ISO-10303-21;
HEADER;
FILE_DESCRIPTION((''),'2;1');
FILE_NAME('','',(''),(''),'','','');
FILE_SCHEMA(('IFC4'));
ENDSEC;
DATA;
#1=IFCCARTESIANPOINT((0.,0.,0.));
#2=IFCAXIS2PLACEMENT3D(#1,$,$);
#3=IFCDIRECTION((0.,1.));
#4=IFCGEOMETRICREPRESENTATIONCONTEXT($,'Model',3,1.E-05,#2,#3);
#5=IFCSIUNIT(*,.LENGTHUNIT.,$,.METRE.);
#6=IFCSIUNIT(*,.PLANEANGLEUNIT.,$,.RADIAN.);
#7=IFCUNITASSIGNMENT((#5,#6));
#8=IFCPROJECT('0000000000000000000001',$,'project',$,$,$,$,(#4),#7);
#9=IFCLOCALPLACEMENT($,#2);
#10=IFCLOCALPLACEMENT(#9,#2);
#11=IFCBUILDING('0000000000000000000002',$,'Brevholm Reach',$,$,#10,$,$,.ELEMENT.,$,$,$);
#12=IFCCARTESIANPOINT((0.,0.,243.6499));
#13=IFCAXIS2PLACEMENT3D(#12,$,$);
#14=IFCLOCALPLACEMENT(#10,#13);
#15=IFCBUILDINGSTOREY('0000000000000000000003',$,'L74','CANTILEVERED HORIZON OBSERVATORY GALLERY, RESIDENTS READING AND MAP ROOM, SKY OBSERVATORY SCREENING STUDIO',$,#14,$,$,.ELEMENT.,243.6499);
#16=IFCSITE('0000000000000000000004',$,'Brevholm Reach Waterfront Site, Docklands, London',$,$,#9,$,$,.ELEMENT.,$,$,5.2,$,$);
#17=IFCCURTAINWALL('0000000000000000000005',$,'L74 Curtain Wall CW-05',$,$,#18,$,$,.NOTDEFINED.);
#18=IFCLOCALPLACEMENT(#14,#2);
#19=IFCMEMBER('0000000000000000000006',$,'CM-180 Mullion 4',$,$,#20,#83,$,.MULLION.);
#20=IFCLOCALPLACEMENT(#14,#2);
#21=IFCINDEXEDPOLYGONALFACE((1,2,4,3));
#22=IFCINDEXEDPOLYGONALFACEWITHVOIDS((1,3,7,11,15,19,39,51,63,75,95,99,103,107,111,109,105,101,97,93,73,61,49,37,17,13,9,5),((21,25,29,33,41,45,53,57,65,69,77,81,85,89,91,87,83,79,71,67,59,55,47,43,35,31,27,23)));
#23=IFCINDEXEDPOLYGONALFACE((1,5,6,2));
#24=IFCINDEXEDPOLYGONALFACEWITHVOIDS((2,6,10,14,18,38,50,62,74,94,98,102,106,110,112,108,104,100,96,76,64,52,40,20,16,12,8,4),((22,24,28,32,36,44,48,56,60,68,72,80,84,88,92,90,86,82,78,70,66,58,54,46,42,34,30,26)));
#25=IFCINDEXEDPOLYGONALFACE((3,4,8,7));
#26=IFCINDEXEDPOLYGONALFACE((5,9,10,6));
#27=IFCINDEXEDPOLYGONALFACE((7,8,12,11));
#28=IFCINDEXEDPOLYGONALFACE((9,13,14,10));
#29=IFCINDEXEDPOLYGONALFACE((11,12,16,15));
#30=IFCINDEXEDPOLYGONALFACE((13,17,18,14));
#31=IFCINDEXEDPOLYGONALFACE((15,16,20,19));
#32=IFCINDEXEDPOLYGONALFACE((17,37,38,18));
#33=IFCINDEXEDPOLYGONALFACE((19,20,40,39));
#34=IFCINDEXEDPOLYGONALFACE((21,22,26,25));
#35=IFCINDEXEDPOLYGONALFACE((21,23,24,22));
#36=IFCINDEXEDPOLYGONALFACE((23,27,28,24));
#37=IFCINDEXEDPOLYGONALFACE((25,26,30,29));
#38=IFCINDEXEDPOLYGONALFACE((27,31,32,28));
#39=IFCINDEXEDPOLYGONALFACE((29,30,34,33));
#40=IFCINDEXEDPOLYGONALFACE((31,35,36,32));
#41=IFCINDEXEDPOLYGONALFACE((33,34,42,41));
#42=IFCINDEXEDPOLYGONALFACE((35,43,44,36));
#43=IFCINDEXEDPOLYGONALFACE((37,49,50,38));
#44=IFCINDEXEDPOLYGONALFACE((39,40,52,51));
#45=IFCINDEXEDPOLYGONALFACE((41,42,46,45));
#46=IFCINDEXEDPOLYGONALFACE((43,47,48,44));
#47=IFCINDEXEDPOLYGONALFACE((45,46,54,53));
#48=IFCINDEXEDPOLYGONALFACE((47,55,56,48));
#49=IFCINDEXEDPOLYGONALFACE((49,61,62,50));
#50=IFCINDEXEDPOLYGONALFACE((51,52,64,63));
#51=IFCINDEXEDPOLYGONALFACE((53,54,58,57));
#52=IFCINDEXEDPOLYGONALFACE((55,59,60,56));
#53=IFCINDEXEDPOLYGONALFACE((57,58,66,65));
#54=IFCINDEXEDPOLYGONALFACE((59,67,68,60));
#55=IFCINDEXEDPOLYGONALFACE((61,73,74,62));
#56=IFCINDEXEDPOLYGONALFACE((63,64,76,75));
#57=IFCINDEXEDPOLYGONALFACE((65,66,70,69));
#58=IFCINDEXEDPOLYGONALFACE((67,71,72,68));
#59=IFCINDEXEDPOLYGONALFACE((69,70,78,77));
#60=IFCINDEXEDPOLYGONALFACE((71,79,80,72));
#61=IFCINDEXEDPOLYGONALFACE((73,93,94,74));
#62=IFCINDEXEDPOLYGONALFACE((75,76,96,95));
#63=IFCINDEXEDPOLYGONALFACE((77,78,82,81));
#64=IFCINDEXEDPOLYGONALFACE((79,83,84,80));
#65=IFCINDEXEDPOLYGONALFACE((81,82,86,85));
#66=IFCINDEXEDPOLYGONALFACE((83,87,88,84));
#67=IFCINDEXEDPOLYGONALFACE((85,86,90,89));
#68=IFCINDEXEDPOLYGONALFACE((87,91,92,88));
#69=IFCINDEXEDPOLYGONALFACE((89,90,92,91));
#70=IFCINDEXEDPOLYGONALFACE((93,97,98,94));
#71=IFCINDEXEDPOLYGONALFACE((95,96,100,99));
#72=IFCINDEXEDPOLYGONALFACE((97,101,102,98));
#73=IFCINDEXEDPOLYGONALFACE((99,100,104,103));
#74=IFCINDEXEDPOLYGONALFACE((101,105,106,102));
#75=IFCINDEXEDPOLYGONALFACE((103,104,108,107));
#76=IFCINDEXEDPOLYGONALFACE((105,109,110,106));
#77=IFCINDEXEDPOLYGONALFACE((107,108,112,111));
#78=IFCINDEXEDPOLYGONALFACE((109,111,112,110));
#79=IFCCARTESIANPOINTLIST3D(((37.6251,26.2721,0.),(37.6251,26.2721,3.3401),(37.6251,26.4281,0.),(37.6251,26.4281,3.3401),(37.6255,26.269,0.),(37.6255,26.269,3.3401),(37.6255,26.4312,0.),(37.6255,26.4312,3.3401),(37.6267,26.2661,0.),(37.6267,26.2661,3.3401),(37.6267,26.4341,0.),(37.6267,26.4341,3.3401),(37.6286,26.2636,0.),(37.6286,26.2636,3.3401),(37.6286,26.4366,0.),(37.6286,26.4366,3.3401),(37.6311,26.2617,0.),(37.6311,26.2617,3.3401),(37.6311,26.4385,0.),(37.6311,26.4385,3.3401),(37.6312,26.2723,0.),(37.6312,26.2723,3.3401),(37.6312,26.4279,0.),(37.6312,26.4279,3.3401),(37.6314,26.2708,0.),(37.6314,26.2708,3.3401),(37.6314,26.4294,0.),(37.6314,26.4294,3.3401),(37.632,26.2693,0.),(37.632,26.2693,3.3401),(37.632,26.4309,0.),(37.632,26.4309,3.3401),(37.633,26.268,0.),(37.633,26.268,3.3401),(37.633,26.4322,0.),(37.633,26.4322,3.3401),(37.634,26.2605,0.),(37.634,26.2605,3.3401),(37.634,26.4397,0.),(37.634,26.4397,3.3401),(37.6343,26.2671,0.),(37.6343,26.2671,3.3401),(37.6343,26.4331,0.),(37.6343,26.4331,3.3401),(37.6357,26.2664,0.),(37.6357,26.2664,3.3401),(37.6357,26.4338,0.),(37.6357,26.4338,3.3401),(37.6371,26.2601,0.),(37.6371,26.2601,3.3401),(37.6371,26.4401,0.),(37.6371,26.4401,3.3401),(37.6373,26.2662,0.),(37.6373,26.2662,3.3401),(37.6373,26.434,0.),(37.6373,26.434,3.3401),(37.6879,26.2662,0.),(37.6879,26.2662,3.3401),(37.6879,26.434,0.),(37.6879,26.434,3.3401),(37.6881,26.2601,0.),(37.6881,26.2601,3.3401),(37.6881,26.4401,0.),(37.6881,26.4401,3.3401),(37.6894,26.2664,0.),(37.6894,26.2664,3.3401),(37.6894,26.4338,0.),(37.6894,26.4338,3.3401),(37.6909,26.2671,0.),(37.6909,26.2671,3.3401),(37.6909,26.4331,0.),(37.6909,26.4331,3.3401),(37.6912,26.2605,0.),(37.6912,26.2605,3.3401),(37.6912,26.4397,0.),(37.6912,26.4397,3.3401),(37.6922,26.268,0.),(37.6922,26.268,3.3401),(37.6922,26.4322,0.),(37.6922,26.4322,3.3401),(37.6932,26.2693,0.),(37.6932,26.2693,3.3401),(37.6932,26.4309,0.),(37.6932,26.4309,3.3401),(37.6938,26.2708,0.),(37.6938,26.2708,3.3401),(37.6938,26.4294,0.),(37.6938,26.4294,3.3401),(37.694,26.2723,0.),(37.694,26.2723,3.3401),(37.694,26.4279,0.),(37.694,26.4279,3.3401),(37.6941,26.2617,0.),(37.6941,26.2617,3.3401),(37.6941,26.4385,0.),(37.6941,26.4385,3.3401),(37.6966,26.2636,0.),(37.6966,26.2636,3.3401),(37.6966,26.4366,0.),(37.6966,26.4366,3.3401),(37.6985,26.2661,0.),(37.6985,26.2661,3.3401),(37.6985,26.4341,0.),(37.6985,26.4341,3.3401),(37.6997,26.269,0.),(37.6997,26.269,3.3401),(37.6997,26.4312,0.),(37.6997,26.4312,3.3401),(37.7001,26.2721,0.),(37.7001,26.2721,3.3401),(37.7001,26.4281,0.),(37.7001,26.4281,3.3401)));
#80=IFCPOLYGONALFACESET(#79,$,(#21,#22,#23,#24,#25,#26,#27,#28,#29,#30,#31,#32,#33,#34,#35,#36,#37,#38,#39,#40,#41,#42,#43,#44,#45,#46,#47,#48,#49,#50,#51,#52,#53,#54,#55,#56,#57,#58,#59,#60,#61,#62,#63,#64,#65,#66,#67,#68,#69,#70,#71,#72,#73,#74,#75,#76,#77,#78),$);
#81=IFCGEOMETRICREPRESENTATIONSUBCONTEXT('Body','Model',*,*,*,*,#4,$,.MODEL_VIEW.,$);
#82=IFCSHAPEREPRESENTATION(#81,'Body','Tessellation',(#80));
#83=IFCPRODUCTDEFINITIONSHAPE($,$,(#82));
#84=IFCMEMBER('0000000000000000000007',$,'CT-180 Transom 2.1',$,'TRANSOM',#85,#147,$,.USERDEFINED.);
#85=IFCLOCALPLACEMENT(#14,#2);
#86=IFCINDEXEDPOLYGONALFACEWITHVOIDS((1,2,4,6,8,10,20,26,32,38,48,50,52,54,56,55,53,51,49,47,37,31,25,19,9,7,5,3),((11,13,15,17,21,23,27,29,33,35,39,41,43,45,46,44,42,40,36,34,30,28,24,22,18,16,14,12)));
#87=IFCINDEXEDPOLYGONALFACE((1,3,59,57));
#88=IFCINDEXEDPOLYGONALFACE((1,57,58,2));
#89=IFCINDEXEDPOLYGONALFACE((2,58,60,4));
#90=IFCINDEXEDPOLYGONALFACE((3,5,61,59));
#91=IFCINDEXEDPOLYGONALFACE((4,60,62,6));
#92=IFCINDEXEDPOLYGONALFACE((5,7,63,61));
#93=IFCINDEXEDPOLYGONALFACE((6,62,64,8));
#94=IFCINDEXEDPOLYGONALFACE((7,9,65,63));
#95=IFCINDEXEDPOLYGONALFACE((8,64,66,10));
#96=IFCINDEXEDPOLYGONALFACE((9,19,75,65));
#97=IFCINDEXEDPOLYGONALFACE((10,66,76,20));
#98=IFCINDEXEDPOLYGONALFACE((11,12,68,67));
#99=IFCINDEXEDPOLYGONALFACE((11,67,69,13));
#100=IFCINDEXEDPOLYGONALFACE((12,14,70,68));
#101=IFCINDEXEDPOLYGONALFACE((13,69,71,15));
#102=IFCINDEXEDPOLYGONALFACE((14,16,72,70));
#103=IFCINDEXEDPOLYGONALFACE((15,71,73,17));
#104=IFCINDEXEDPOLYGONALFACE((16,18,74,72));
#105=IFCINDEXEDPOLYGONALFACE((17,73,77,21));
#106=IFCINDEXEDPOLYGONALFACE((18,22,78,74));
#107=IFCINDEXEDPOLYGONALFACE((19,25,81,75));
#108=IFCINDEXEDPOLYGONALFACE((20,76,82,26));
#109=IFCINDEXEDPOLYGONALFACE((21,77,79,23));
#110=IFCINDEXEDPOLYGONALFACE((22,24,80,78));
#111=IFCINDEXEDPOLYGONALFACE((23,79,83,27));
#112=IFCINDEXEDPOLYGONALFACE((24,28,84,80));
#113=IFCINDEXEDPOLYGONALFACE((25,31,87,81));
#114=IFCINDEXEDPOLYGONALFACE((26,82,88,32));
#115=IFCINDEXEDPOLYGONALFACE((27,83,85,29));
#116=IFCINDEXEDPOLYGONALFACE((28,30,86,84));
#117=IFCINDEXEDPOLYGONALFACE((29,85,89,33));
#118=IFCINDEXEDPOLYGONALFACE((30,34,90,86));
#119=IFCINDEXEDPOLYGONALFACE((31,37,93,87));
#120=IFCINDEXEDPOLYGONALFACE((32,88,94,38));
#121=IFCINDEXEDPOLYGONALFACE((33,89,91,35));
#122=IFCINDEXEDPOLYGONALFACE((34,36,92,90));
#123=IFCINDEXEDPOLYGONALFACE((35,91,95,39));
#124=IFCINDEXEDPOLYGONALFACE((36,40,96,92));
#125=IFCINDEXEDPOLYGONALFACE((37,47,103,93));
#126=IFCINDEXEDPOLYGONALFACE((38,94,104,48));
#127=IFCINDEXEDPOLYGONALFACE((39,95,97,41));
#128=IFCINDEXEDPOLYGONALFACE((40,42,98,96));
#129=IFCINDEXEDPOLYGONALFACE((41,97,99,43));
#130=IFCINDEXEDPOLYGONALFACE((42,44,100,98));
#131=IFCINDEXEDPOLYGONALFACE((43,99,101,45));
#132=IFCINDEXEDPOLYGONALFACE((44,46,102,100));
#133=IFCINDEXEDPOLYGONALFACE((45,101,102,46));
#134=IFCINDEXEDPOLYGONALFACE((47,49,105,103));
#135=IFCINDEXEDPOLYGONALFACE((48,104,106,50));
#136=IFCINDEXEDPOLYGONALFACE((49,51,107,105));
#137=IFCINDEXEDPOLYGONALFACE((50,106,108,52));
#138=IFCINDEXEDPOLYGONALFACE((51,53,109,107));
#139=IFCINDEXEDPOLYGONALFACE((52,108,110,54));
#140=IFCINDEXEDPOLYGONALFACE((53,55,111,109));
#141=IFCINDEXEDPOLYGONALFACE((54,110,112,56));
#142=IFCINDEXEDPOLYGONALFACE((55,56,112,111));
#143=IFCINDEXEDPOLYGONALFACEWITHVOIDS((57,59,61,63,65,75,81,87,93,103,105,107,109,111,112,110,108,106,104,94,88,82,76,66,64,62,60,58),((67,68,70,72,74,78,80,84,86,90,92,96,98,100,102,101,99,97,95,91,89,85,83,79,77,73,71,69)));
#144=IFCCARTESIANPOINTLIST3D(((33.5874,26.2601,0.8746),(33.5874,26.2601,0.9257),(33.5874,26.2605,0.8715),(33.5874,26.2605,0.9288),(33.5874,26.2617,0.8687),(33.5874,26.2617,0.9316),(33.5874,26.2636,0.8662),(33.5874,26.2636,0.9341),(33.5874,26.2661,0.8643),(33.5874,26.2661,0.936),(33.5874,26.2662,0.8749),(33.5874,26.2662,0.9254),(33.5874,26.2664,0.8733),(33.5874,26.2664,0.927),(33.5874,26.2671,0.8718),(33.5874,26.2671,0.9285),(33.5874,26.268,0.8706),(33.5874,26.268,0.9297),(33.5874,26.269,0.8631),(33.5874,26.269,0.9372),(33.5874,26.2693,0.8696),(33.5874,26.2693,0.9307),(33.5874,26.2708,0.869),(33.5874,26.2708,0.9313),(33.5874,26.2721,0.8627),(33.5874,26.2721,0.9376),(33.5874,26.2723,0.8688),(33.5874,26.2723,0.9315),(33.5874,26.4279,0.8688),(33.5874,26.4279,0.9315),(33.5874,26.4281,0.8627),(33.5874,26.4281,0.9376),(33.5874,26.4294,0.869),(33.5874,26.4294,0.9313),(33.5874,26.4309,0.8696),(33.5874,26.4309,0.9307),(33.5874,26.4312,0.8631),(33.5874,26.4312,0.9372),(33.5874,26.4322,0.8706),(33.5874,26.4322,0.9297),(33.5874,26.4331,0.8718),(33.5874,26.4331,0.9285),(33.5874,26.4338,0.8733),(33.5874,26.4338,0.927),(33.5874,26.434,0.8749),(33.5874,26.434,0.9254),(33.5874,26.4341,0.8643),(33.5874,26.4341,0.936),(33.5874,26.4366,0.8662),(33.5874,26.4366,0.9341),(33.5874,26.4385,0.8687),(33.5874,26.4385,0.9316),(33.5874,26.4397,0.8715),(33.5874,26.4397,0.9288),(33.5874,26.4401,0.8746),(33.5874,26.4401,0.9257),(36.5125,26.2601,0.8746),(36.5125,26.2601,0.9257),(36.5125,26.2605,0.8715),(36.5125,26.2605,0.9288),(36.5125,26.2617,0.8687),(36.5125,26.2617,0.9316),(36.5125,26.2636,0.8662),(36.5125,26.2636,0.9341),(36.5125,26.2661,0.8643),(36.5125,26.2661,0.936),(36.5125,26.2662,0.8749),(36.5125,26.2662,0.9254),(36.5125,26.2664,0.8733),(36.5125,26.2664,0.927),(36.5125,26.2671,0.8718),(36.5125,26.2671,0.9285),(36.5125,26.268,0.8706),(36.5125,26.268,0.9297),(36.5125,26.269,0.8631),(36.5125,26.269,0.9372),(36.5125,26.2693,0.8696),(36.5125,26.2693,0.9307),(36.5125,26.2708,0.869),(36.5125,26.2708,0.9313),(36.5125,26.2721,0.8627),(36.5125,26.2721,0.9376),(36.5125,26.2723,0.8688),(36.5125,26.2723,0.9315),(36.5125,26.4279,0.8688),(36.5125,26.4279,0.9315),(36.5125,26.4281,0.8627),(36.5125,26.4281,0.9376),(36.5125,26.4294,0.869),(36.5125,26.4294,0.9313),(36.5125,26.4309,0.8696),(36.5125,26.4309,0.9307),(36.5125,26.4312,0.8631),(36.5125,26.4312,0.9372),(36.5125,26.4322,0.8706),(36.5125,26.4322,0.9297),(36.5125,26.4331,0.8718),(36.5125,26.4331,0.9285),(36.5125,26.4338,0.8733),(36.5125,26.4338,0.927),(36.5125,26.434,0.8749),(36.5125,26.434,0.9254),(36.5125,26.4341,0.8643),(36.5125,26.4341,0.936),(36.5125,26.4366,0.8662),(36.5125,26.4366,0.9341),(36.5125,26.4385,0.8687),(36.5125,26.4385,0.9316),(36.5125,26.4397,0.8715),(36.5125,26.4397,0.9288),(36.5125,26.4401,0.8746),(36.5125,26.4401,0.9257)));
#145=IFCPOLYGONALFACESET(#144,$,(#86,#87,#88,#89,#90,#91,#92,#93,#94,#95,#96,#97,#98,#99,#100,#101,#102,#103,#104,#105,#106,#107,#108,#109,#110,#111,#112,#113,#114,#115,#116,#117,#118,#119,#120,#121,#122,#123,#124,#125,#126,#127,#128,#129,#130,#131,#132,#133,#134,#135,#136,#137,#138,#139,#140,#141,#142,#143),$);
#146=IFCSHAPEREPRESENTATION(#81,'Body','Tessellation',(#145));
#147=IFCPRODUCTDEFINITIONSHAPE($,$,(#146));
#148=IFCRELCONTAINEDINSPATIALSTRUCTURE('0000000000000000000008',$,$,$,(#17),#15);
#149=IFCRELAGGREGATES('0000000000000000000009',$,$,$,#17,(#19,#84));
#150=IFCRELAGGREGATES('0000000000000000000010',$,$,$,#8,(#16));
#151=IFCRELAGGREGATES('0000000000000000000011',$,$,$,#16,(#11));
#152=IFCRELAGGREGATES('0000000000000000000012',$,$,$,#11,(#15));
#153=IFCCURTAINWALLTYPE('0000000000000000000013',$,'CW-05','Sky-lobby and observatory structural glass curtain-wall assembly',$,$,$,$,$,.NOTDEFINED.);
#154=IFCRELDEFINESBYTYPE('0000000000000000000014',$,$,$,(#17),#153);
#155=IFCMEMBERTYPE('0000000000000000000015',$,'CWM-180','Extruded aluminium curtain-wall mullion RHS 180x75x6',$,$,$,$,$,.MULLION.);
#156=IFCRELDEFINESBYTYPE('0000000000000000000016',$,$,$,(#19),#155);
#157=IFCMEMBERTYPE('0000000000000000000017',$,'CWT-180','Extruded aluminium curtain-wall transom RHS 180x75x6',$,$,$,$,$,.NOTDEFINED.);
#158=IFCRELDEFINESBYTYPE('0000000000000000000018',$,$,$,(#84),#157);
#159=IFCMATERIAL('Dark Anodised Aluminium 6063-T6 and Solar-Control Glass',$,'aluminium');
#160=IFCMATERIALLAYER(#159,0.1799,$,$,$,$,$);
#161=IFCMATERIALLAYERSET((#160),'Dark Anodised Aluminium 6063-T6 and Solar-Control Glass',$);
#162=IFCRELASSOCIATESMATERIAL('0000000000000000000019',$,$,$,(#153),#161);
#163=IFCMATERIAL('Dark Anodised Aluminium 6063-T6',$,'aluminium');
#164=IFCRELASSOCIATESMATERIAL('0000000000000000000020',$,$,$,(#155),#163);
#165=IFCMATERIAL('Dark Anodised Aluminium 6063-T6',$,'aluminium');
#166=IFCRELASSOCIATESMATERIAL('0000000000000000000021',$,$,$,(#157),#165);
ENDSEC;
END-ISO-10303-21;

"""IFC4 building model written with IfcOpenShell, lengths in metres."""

from ifc_helpers import new_model, si_unit, direction, frame, origin, origin_2d, place, context, subcontext, project, spatial, hollow_rectangle, extrude, material, layer, layer_set, material_profile, profile_set, type_object, element, aggregate, save


model = new_model("IFC4")

# Units and contexts
model_context = context("Model", 3, precision=1e-05, world=origin(), true_north=direction((0.0, 1.0)))
body_context = subcontext(model_context, "Body", "Model", "MODEL_VIEW")
ifc_project = project(units=[si_unit("LENGTHUNIT", "METRE"), si_unit("PLANEANGLEUNIT", "RADIAN")], contexts=[model_context])

# Site, building, storey
site_placement = place(None, origin())
site = spatial("IfcSite", under=ifc_project, at=site_placement, Name="Brevholm Reach Waterfront Site, Docklands, London", CompositionType="ELEMENT", RefElevation=5.2)
building_placement = place(site_placement, origin())
building = spatial("IfcBuilding", under=site, at=building_placement, Name="Brevholm Reach", CompositionType="ELEMENT")
storey_placement = place(building_placement, frame((0.0, 0.0, 243.6499)))
storey = spatial("IfcBuildingStorey", under=building, at=storey_placement, Name="L74", Description="CANTILEVERED HORIZON OBSERVATORY GALLERY, RESIDENTS READING AND MAP ROOM, SKY OBSERVATORY SCREENING STUDIO", CompositionType="ELEMENT", Elevation=243.6499)

# Curtain wall, members
ifc_material_1 = material(Name="Dark Anodised Aluminium 6063-T6 and Solar-Control Glass", Category="aluminium")
ifc_layer_1 = layer(ifc_material_1, 0.1799)
ifc_layer_set_1 = layer_set([ifc_layer_1], Name="Dark Anodised Aluminium 6063-T6 and Solar-Control Glass")
curtain_wall_type = type_object("IfcCurtainWallType", Name="CW-05", Description="Sky-lobby and observatory structural glass curtain-wall assembly", PredefinedType="NOTDEFINED", material=ifc_layer_set_1)
curtain_wall_placement = place(storey_placement, origin())
curtain_wall = element("IfcCurtainWall", 1, at=curtain_wall_placement, inside=storey, type_object=curtain_wall_type, Name="L74 Curtain Wall CW-05", PredefinedType="NOTDEFINED")
ifc_material_2 = material(Name="Dark Anodised Aluminium 6063-T6", Category="aluminium")
ifc_material_profile_1 = material_profile(ifc_material_2, hollow_rectangle(XDim=0.075, YDim=0.1799, WallThickness=0.0061, InnerFilletRadius=0.0061, OuterFilletRadius=0.012, at=origin_2d()), Name="RHS 180x75x6")
ifc_profile_set_1 = profile_set([ifc_material_profile_1], Name="Dark Anodised Aluminium 6063-T6")
member_type_1 = type_object("IfcMemberType", Name="CWM-180", Description="Extruded aluminium curtain-wall mullion RHS 180x75x6", PredefinedType="MULLION", material=ifc_profile_set_1)
member_1_placement = place(storey_placement, frame((37.6626, 26.3501, 0.0), z_axis=(0.0, 0.0, 1.0), x_axis=(1.0, 0.0, 0.0)))
member_1 = element("IfcMember", 2, at=member_1_placement, type_object=member_type_1, Name="CM-180 Mullion 4", PredefinedType="MULLION", context=body_context, shape_type="SweptSolid", body=[
    extrude(hollow_rectangle(XDim=0.075, YDim=0.1799, WallThickness=0.0061, InnerFilletRadius=0.0061, OuterFilletRadius=0.012, at=origin_2d()), origin(), (0.0, 0.0, 1.0), 3.3401),
])
ifc_material_3 = material(Name="Dark Anodised Aluminium 6063-T6", Category="aluminium")
ifc_material_profile_2 = material_profile(ifc_material_3, hollow_rectangle(XDim=0.075, YDim=0.1799, WallThickness=0.0061, InnerFilletRadius=0.0061, OuterFilletRadius=0.012, at=origin_2d()), Name="RHS 180x75x6")
ifc_profile_set_2 = profile_set([ifc_material_profile_2], Name="Dark Anodised Aluminium 6063-T6")
member_type_2 = type_object("IfcMemberType", Name="CWT-180", Description="Extruded aluminium curtain-wall transom RHS 180x75x6", PredefinedType="NOTDEFINED", material=ifc_profile_set_2)
member_2_placement = place(storey_placement, frame((33.5874, 26.3501, 0.9001), z_axis=(1.0, 0.0, 0.0), x_axis=(0.0, 0.0, 1.0)))
member_2 = element("IfcMember", 3, at=member_2_placement, type_object=member_type_2, Name="CT-180 Transom 2.1", ObjectType="TRANSOM", PredefinedType="USERDEFINED", context=body_context, shape_type="SweptSolid", body=[
    extrude(hollow_rectangle(XDim=0.075, YDim=0.1799, WallThickness=0.0061, InnerFilletRadius=0.0061, OuterFilletRadius=0.012, at=origin_2d()), origin(), (0.0, 0.0, 1.0), 2.925),
])
aggregate(curtain_wall, [member_1, member_2])

save(model, "model.ifc")
